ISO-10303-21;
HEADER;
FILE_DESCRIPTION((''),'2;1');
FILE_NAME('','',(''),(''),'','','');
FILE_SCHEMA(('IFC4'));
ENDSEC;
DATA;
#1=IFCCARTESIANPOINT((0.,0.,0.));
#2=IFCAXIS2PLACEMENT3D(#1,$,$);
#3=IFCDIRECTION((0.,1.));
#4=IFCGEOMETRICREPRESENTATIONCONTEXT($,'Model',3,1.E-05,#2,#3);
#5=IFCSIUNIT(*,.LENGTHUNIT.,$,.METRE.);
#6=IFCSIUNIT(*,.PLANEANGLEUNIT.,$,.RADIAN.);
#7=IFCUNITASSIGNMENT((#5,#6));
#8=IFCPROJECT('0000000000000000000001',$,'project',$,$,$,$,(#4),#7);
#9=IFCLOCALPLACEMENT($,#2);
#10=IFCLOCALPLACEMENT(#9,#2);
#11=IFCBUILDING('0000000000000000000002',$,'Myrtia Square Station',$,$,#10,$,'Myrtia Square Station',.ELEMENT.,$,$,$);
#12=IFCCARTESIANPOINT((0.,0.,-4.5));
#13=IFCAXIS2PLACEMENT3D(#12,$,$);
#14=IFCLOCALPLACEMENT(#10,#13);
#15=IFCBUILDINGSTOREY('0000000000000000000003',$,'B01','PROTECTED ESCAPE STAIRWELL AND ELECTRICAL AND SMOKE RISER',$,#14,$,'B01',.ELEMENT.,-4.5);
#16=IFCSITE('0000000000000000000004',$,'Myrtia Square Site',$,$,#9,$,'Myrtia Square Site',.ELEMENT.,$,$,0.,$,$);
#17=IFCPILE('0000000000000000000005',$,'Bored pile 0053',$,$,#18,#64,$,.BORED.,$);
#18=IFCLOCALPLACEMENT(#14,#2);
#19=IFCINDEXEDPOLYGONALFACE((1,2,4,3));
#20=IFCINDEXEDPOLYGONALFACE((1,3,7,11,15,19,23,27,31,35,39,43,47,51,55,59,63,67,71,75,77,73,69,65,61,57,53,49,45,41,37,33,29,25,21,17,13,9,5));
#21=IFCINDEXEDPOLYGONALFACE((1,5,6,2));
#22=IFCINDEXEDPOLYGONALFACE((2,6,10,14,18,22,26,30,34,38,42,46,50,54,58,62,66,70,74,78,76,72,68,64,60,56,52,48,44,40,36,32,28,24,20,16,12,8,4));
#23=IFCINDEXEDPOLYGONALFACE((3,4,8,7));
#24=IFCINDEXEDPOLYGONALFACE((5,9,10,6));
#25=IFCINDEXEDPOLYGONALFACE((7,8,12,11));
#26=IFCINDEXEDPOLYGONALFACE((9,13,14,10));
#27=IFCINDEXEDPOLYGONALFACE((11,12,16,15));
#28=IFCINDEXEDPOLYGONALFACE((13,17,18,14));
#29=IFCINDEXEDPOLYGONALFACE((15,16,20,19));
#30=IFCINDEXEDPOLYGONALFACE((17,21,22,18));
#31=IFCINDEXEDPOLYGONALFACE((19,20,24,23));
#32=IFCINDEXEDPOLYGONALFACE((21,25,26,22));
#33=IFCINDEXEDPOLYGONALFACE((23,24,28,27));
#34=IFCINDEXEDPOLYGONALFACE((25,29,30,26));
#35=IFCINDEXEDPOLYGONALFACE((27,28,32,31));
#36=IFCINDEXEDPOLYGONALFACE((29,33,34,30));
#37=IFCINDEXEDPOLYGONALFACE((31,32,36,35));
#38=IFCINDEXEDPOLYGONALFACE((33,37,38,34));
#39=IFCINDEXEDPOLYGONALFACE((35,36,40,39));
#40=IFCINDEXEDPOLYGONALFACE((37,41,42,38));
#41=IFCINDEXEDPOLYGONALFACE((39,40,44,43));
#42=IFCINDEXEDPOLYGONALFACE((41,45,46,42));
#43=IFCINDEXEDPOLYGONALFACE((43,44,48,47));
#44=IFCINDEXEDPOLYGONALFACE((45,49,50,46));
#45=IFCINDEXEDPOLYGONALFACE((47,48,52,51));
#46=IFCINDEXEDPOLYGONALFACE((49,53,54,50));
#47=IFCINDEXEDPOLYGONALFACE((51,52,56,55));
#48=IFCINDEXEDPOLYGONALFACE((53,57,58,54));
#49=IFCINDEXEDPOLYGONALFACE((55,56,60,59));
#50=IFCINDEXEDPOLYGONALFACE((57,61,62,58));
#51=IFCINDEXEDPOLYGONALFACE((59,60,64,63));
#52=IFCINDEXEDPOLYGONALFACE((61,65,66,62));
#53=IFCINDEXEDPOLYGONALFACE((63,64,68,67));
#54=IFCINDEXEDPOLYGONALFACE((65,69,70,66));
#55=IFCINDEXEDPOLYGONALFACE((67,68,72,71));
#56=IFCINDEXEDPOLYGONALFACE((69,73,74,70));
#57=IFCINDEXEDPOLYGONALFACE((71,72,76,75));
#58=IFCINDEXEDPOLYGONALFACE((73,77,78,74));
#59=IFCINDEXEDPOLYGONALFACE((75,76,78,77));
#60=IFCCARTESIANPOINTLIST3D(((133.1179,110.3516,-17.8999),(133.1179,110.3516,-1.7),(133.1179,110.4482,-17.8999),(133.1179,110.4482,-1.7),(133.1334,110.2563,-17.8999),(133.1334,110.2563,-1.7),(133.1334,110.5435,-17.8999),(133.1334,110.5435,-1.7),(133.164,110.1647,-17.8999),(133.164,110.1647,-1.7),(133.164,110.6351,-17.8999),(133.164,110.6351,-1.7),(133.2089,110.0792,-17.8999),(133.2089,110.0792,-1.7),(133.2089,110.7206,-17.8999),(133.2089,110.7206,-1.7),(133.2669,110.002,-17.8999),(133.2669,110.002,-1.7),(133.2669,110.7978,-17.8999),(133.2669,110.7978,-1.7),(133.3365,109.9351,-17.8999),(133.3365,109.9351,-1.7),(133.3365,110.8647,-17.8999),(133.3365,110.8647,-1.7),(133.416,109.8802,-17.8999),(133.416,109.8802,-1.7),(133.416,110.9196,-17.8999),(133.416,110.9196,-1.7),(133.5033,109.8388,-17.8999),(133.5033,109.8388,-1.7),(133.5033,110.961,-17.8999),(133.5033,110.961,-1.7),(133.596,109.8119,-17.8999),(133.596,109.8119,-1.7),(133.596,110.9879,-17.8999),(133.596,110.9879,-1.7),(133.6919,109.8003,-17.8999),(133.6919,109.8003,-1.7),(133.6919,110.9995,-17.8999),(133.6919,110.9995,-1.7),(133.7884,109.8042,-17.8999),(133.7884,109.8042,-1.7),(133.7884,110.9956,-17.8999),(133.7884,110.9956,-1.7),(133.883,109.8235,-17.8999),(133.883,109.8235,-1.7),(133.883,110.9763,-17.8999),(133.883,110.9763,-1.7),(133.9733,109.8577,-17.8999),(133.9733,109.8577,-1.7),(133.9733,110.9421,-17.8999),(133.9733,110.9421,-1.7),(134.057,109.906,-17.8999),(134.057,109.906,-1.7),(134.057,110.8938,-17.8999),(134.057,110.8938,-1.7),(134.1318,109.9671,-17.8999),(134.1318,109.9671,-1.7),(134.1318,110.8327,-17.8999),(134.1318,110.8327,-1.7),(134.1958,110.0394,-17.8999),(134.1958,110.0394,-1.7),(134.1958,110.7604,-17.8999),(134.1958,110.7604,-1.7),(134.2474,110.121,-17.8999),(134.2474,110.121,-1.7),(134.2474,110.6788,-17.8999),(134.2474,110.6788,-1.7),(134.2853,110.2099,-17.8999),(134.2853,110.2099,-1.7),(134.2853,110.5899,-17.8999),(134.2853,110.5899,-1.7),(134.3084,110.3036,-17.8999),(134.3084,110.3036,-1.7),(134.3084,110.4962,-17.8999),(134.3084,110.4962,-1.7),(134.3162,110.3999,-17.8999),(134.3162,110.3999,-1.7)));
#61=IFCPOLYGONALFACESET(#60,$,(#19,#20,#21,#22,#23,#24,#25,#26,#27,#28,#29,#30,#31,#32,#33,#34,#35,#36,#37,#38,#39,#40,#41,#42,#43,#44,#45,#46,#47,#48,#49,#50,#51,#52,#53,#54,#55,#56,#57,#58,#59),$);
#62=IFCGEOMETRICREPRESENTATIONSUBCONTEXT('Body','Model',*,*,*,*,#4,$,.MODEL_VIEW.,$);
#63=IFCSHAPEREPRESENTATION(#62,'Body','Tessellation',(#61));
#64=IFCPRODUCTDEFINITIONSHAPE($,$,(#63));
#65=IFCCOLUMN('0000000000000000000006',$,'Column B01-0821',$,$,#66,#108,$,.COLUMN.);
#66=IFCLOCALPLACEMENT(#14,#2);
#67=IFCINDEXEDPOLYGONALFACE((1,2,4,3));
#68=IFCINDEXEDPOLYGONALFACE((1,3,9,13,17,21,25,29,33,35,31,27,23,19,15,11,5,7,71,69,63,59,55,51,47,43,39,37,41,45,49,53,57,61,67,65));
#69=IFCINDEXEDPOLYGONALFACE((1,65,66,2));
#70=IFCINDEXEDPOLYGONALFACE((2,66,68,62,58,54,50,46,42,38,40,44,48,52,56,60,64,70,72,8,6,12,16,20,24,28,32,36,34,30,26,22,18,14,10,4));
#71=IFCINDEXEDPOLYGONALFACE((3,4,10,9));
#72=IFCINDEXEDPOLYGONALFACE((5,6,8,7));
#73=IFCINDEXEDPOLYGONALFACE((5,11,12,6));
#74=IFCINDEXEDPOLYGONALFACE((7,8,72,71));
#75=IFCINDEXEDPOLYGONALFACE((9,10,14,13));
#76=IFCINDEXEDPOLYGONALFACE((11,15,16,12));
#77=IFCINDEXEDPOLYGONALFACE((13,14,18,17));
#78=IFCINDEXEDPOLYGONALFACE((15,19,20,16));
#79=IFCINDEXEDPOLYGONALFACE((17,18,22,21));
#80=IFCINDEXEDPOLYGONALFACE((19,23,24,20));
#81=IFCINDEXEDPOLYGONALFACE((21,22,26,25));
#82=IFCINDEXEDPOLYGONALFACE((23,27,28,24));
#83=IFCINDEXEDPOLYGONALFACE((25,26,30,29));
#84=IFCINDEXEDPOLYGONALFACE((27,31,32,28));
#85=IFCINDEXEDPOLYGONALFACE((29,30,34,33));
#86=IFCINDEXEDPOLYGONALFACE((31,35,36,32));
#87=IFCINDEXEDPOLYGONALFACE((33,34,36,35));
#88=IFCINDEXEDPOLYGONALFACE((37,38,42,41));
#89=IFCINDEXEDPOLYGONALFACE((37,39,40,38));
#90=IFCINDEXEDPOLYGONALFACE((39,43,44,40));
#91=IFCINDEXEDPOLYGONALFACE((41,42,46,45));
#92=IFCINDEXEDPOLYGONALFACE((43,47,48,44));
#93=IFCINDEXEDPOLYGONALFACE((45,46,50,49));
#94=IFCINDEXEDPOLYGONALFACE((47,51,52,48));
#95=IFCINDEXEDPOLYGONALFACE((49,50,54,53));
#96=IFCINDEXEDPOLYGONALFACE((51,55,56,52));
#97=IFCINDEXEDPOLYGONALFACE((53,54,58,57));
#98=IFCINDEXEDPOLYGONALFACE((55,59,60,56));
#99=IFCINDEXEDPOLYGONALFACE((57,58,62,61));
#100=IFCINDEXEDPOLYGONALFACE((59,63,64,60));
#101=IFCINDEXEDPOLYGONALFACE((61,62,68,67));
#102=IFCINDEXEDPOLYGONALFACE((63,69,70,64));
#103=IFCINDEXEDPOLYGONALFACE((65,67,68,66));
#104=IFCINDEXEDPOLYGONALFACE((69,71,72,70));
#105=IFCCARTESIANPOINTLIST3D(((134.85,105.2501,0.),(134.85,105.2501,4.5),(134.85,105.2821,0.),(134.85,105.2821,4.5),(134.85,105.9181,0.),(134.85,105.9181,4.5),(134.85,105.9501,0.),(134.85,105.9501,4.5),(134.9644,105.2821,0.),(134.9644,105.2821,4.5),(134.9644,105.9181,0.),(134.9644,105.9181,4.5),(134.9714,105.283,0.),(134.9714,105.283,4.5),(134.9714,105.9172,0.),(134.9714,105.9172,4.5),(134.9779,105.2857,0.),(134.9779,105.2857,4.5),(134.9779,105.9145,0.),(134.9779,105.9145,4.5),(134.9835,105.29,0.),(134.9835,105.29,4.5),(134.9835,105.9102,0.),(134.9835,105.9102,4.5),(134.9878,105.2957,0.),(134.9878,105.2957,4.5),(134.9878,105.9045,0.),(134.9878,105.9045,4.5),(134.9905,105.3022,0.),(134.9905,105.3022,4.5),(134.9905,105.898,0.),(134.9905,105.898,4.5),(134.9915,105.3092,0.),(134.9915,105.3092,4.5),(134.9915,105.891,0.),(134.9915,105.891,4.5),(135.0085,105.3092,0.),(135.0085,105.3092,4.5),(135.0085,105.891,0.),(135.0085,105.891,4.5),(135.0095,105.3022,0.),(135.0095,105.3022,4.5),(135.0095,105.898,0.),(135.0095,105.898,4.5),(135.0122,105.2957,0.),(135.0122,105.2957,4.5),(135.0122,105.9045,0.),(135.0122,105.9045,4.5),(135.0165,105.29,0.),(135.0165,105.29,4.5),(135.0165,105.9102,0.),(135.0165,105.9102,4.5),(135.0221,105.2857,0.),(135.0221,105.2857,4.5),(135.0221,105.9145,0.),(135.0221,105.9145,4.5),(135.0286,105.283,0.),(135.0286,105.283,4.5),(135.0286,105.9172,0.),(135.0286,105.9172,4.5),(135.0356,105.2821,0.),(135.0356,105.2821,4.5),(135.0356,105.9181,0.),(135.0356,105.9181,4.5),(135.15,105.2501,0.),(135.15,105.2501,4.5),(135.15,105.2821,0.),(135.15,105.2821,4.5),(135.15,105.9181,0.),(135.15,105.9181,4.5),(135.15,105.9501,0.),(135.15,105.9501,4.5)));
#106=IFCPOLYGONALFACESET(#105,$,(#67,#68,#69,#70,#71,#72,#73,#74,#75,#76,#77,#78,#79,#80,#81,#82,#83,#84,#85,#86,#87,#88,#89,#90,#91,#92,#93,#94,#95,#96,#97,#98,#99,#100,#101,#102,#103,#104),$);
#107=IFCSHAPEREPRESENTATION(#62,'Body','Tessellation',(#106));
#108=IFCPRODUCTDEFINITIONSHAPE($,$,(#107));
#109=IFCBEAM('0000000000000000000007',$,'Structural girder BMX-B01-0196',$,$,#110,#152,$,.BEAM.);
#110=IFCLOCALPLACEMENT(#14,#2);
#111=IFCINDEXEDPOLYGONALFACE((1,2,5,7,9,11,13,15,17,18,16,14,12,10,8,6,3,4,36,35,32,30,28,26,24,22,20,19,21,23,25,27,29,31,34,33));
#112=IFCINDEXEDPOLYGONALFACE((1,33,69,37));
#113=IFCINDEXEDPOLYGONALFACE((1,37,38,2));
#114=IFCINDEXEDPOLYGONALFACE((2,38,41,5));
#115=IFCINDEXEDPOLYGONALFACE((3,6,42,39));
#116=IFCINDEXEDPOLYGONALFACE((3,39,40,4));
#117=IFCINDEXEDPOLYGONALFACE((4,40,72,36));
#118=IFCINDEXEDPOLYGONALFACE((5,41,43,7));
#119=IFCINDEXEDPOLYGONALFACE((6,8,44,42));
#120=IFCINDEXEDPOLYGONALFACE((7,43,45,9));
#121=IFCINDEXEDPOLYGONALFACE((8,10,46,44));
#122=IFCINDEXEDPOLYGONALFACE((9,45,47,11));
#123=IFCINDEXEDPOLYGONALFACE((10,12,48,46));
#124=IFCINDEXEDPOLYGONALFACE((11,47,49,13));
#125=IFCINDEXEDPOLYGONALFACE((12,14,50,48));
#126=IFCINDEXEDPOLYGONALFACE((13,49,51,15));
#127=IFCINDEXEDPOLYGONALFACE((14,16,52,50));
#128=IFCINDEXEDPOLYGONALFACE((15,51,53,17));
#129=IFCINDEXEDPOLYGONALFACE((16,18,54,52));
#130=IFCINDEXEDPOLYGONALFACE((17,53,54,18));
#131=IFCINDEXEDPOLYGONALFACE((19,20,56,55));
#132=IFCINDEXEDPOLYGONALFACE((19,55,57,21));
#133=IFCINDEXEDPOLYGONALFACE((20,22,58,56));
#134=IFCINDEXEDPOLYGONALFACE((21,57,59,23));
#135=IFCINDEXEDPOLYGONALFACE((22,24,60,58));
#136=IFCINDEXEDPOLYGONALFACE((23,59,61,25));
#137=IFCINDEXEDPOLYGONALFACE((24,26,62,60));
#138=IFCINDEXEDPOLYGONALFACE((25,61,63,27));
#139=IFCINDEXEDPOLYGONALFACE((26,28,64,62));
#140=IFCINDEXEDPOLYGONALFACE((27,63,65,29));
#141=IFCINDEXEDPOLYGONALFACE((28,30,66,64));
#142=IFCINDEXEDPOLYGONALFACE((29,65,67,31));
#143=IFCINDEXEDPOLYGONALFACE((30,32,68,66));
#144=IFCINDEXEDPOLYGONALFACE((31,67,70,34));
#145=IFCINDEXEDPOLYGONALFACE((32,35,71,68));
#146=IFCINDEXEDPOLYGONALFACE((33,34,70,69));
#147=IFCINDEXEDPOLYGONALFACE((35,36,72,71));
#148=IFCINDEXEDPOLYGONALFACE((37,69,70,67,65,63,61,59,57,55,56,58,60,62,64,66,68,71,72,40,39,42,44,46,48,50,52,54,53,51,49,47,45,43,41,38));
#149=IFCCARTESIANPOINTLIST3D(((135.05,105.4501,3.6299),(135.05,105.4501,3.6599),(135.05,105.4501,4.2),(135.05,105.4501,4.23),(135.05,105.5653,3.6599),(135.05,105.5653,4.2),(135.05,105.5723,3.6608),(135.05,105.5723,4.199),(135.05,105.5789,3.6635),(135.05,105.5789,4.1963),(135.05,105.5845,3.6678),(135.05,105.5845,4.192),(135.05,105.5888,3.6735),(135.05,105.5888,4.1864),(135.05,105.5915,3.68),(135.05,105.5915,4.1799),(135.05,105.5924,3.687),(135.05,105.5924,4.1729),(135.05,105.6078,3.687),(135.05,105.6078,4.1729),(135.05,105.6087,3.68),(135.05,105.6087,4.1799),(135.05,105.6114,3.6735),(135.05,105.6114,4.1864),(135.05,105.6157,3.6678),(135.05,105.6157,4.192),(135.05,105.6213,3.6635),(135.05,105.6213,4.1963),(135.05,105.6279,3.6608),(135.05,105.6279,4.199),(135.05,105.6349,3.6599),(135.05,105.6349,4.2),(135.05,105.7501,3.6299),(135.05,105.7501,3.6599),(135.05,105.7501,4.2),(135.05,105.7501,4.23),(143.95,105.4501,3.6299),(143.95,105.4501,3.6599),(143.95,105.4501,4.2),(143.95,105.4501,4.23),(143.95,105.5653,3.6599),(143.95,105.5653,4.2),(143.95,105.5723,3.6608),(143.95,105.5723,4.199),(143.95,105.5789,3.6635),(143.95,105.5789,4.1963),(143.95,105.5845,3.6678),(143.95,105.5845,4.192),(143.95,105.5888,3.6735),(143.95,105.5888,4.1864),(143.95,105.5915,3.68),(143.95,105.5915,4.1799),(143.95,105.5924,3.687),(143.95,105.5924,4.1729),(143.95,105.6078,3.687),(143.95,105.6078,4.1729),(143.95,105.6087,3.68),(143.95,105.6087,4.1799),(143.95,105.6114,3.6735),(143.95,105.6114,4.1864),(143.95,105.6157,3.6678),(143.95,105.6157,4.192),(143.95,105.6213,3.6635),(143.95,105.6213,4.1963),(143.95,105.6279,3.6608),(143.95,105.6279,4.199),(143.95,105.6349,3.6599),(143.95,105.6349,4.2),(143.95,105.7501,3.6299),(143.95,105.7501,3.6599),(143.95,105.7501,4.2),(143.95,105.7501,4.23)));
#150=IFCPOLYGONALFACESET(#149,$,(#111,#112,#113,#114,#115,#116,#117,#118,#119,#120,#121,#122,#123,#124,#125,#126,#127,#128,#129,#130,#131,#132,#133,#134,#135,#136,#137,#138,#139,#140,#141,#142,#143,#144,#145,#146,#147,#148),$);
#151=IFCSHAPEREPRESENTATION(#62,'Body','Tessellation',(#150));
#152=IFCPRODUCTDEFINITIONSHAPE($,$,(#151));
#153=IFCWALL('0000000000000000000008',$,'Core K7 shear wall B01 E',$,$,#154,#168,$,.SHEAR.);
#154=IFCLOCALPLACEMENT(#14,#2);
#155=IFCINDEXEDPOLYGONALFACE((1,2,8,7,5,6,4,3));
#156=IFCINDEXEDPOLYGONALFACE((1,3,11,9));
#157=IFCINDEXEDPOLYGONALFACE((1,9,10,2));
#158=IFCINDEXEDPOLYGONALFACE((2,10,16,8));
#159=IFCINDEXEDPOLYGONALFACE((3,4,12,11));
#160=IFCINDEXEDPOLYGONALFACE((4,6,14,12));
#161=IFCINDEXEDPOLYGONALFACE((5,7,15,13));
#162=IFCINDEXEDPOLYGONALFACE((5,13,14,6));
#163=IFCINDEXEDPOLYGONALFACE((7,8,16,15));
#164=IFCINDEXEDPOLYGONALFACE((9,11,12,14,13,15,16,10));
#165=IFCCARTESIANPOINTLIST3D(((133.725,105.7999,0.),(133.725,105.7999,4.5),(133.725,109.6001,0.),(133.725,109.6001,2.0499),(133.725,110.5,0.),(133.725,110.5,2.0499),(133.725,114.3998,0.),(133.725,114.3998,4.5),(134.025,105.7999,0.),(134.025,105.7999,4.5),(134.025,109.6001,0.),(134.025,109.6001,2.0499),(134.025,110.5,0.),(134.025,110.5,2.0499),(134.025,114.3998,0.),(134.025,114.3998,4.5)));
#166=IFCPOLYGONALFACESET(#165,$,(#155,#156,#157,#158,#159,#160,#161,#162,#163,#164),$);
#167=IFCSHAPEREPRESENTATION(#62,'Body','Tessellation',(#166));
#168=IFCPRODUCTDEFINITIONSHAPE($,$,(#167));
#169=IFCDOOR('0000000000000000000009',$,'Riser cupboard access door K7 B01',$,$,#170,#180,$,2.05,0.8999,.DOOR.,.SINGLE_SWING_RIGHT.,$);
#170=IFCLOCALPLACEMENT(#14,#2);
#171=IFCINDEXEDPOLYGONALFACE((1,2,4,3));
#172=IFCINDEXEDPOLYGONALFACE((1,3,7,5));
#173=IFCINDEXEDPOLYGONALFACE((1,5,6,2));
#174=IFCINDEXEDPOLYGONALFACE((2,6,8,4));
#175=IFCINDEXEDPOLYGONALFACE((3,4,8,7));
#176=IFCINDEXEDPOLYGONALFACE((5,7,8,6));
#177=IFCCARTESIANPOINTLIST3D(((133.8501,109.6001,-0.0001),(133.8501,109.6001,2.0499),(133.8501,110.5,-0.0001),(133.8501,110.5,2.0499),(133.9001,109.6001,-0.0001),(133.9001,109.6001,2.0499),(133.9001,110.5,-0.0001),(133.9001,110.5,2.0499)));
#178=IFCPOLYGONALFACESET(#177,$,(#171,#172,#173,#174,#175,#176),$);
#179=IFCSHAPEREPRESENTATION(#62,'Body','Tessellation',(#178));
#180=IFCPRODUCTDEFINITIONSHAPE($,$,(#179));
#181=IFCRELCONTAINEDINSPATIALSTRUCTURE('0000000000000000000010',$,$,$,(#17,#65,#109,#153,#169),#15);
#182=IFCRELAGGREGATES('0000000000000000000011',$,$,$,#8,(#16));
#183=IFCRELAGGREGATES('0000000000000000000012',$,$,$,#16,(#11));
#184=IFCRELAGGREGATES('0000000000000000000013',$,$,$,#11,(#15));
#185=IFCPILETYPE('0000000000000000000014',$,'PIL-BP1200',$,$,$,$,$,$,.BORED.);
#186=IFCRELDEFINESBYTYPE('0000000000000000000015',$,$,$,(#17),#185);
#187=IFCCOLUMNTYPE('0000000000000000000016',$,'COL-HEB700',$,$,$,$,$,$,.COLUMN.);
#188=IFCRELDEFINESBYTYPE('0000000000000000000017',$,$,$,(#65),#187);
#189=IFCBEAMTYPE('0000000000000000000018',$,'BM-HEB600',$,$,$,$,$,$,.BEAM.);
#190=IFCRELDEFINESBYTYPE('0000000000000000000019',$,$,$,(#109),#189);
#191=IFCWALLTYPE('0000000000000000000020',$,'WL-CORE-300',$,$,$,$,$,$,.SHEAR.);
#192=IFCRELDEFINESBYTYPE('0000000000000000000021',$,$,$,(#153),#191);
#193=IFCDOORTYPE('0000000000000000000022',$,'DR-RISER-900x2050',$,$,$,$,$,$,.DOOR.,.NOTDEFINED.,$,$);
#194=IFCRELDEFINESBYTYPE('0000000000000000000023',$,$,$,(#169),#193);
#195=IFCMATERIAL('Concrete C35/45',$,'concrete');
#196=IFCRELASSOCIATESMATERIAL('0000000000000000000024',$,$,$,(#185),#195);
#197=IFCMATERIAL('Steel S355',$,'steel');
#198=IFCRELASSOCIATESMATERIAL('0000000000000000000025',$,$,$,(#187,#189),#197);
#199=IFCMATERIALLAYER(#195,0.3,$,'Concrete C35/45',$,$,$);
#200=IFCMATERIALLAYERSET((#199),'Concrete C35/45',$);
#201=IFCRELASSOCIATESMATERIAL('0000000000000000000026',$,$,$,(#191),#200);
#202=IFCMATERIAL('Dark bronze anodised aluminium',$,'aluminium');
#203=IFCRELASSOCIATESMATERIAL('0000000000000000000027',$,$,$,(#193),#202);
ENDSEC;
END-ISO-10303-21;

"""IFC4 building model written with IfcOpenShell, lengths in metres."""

from ifc_helpers import new_model, si_unit, direction, frame, frame_2d, origin, origin_2d, place, context, subcontext, project, spatial, rectangle, circle, i_section, extrude, material, layer, layer_set, material_profile, profile_set, type_object, element, fill, save


model = new_model("IFC4")

# Units and contexts
model_context = context("Model", 3, precision=1e-05, world=origin(), true_north=direction((0.0, 1.0)))
body_context = subcontext(model_context, "Body", "Model", "MODEL_VIEW")
ifc_project = project(units=[si_unit("LENGTHUNIT", "METRE"), si_unit("PLANEANGLEUNIT", "RADIAN")], contexts=[model_context])

# Site, building, storey
site_placement = place(None, origin())
site = spatial("IfcSite", under=ifc_project, at=site_placement, Name="Myrtia Square Site", LongName="Myrtia Square Site", CompositionType="ELEMENT", RefElevation=0.0)
building_placement = place(site_placement, origin())
building = spatial("IfcBuilding", under=site, at=building_placement, Name="Myrtia Square Station", LongName="Myrtia Square Station", CompositionType="ELEMENT")
storey_placement = place(building_placement, frame((0.0, 0.0, -4.5)))
storey = spatial("IfcBuildingStorey", under=building, at=storey_placement, Name="B01", Description="PROTECTED ESCAPE STAIRWELL AND ELECTRICAL AND SMOKE RISER", LongName="B01", CompositionType="ELEMENT", Elevation=-4.5)

# Shared definitions
ifc_material_1 = material(Name="Concrete C35/45", Category="concrete")

# Pile
ifc_material_profile_1 = material_profile(ifc_material_1, circle(Radius=0.6001, at=origin_2d()), Name="BP D1200")
ifc_profile_set_1 = profile_set([ifc_material_profile_1], Name="Concrete C35/45")
pile_type = type_object("IfcPileType", Name="PIL-BP1200", PredefinedType="BORED", material=ifc_profile_set_1)
for number, where, z_axis, x_axis, name in (
    (1, (133.7161, 110.3999, -1.7), (0.0, 0.0, -1.0), (1.0, 0.0, 0.0), "Bored pile 0053"),
):
    element("IfcPile", number, at=place(storey_placement, frame(where, z_axis=z_axis, x_axis=x_axis)), inside=storey, type_object=pile_type, Name=name, PredefinedType="BORED", context=body_context, shape_type="SweptSolid", body=[
        extrude(circle(Radius=0.6001, at=origin_2d()), origin(), (0.0, 0.0, 1.0), 16.2),
    ])

# Column
ifc_material_2 = material(Name="Steel S355", Category="steel")
ifc_material_profile_2 = material_profile(ifc_material_2, i_section(OverallWidth=0.3, OverallDepth=0.7, WebThickness=0.0171, FlangeThickness=0.032, FilletRadius=0.0271, at=origin_2d()), Name="HEB 700")
ifc_profile_set_2 = profile_set([ifc_material_profile_2], Name="Steel S355")
column_type = type_object("IfcColumnType", Name="COL-HEB700", PredefinedType="COLUMN", material=ifc_profile_set_2)
column_placement = place(storey_placement, frame((135.0, 105.6001, 0.0), z_axis=(0.0, 0.0, 1.0), x_axis=(1.0, 0.0, 0.0)))
element("IfcColumn", 2, at=column_placement, inside=storey, type_object=column_type, Name="Column B01-0821", PredefinedType="COLUMN", context=body_context, shape_type="SweptSolid", body=[
    extrude(i_section(OverallWidth=0.3, OverallDepth=0.7, WebThickness=0.0171, FlangeThickness=0.032, FilletRadius=0.0271, at=origin_2d()), origin(), (0.0, 0.0, 1.0), 4.5),
])

# Beam
ifc_material_profile_3 = material_profile(ifc_material_2, i_section(OverallWidth=0.3, OverallDepth=0.6001, WebThickness=0.0154, FlangeThickness=0.03, FilletRadius=0.0271, at=origin_2d()), Name="HEB 600")
ifc_profile_set_3 = profile_set([ifc_material_profile_3], Name="Steel S355")
beam_type = type_object("IfcBeamType", Name="BM-HEB600", PredefinedType="BEAM", material=ifc_profile_set_3)
beam_placement = place(storey_placement, frame((135.05, 105.6001, 3.9299), z_axis=(1.0, 0.0, 0.0), x_axis=(0.0, 1.0, 0.0)))
element("IfcBeam", 3, at=beam_placement, inside=storey, type_object=beam_type, Name="Structural girder BMX-B01-0196", PredefinedType="BEAM", context=body_context, shape_type="SweptSolid", body=[
    extrude(i_section(OverallWidth=0.3, OverallDepth=0.6001, WebThickness=0.0154, FlangeThickness=0.03, FilletRadius=0.0271, at=origin_2d()), origin(), (0.0, 0.0, 1.0), 8.8999),
])

# Wall, opening, door
ifc_layer_1 = layer(ifc_material_1, 0.3, Name="Concrete C35/45")
ifc_layer_set_1 = layer_set([ifc_layer_1], Name="Concrete C35/45")
wall_type_1 = type_object("IfcWallType", Name="WL-CORE-300", PredefinedType="SHEAR", material=ifc_layer_set_1)
wall_1_placement = place(storey_placement, frame((133.875, 105.8, 0.0), z_axis=(0.0, 0.0, 1.0), x_axis=(0.0, 1.0, 0.0)))
wall_1 = element("IfcWall", 4, at=wall_1_placement, inside=storey, type_object=wall_type_1, Name="Core K7 shear wall B01 E", PredefinedType="SHEAR", context=body_context, shape_type="SweptSolid", body=[
    extrude(rectangle(XDim=8.5999, YDim=0.3, at=frame_2d((4.2998, 0.0))), origin(), (0.0, 0.0, 1.0), 4.5),
])
opening_1_placement = place(wall_1_placement, frame((3.8, 0.0, 0.0)))
opening_1 = element("IfcOpeningElement", 5, at=opening_1_placement, cuts=wall_1, PredefinedType="OPENING", context=body_context, shape_type="SweptSolid", body=[
    extrude(rectangle(XDim=0.8999, YDim=2.05, at=frame_2d((0.45, 1.0249))), frame((0.0, 0.165, 0.0), z_axis=(0.0, -1.0, 0.0), x_axis=(1.0, 0.0, 0.0)), (0.0, 0.0, 1.0), 0.3301),
])
ifc_material_3 = material(Name="Dark bronze anodised aluminium", Category="aluminium")
door_type_1 = type_object("IfcDoorType", Name="DR-RISER-900x2050", OperationType="NOTDEFINED", PredefinedType="DOOR", material=ifc_material_3)
door_1_placement = place(opening_1_placement, origin())
door_1 = element("IfcDoor", 6, at=door_1_placement, inside=storey, type_object=door_type_1, Name="Riser cupboard access door K7 B01", OperationType="SINGLE_SWING_RIGHT", OverallHeight=2.05, OverallWidth=0.8999, PredefinedType="DOOR", context=body_context, shape_type="SweptSolid", body=[
    extrude(rectangle(XDim=0.8999, YDim=2.05, at=frame_2d((0.45, 1.0249))), frame((0.0, 0.0249, 0.0), z_axis=(0.0, -1.0, 0.0), x_axis=(1.0, 0.0, 0.0)), (0.0, 0.0, 1.0), 0.05),
])
fill(opening_1, door_1)

save(model, "model.ifc")
